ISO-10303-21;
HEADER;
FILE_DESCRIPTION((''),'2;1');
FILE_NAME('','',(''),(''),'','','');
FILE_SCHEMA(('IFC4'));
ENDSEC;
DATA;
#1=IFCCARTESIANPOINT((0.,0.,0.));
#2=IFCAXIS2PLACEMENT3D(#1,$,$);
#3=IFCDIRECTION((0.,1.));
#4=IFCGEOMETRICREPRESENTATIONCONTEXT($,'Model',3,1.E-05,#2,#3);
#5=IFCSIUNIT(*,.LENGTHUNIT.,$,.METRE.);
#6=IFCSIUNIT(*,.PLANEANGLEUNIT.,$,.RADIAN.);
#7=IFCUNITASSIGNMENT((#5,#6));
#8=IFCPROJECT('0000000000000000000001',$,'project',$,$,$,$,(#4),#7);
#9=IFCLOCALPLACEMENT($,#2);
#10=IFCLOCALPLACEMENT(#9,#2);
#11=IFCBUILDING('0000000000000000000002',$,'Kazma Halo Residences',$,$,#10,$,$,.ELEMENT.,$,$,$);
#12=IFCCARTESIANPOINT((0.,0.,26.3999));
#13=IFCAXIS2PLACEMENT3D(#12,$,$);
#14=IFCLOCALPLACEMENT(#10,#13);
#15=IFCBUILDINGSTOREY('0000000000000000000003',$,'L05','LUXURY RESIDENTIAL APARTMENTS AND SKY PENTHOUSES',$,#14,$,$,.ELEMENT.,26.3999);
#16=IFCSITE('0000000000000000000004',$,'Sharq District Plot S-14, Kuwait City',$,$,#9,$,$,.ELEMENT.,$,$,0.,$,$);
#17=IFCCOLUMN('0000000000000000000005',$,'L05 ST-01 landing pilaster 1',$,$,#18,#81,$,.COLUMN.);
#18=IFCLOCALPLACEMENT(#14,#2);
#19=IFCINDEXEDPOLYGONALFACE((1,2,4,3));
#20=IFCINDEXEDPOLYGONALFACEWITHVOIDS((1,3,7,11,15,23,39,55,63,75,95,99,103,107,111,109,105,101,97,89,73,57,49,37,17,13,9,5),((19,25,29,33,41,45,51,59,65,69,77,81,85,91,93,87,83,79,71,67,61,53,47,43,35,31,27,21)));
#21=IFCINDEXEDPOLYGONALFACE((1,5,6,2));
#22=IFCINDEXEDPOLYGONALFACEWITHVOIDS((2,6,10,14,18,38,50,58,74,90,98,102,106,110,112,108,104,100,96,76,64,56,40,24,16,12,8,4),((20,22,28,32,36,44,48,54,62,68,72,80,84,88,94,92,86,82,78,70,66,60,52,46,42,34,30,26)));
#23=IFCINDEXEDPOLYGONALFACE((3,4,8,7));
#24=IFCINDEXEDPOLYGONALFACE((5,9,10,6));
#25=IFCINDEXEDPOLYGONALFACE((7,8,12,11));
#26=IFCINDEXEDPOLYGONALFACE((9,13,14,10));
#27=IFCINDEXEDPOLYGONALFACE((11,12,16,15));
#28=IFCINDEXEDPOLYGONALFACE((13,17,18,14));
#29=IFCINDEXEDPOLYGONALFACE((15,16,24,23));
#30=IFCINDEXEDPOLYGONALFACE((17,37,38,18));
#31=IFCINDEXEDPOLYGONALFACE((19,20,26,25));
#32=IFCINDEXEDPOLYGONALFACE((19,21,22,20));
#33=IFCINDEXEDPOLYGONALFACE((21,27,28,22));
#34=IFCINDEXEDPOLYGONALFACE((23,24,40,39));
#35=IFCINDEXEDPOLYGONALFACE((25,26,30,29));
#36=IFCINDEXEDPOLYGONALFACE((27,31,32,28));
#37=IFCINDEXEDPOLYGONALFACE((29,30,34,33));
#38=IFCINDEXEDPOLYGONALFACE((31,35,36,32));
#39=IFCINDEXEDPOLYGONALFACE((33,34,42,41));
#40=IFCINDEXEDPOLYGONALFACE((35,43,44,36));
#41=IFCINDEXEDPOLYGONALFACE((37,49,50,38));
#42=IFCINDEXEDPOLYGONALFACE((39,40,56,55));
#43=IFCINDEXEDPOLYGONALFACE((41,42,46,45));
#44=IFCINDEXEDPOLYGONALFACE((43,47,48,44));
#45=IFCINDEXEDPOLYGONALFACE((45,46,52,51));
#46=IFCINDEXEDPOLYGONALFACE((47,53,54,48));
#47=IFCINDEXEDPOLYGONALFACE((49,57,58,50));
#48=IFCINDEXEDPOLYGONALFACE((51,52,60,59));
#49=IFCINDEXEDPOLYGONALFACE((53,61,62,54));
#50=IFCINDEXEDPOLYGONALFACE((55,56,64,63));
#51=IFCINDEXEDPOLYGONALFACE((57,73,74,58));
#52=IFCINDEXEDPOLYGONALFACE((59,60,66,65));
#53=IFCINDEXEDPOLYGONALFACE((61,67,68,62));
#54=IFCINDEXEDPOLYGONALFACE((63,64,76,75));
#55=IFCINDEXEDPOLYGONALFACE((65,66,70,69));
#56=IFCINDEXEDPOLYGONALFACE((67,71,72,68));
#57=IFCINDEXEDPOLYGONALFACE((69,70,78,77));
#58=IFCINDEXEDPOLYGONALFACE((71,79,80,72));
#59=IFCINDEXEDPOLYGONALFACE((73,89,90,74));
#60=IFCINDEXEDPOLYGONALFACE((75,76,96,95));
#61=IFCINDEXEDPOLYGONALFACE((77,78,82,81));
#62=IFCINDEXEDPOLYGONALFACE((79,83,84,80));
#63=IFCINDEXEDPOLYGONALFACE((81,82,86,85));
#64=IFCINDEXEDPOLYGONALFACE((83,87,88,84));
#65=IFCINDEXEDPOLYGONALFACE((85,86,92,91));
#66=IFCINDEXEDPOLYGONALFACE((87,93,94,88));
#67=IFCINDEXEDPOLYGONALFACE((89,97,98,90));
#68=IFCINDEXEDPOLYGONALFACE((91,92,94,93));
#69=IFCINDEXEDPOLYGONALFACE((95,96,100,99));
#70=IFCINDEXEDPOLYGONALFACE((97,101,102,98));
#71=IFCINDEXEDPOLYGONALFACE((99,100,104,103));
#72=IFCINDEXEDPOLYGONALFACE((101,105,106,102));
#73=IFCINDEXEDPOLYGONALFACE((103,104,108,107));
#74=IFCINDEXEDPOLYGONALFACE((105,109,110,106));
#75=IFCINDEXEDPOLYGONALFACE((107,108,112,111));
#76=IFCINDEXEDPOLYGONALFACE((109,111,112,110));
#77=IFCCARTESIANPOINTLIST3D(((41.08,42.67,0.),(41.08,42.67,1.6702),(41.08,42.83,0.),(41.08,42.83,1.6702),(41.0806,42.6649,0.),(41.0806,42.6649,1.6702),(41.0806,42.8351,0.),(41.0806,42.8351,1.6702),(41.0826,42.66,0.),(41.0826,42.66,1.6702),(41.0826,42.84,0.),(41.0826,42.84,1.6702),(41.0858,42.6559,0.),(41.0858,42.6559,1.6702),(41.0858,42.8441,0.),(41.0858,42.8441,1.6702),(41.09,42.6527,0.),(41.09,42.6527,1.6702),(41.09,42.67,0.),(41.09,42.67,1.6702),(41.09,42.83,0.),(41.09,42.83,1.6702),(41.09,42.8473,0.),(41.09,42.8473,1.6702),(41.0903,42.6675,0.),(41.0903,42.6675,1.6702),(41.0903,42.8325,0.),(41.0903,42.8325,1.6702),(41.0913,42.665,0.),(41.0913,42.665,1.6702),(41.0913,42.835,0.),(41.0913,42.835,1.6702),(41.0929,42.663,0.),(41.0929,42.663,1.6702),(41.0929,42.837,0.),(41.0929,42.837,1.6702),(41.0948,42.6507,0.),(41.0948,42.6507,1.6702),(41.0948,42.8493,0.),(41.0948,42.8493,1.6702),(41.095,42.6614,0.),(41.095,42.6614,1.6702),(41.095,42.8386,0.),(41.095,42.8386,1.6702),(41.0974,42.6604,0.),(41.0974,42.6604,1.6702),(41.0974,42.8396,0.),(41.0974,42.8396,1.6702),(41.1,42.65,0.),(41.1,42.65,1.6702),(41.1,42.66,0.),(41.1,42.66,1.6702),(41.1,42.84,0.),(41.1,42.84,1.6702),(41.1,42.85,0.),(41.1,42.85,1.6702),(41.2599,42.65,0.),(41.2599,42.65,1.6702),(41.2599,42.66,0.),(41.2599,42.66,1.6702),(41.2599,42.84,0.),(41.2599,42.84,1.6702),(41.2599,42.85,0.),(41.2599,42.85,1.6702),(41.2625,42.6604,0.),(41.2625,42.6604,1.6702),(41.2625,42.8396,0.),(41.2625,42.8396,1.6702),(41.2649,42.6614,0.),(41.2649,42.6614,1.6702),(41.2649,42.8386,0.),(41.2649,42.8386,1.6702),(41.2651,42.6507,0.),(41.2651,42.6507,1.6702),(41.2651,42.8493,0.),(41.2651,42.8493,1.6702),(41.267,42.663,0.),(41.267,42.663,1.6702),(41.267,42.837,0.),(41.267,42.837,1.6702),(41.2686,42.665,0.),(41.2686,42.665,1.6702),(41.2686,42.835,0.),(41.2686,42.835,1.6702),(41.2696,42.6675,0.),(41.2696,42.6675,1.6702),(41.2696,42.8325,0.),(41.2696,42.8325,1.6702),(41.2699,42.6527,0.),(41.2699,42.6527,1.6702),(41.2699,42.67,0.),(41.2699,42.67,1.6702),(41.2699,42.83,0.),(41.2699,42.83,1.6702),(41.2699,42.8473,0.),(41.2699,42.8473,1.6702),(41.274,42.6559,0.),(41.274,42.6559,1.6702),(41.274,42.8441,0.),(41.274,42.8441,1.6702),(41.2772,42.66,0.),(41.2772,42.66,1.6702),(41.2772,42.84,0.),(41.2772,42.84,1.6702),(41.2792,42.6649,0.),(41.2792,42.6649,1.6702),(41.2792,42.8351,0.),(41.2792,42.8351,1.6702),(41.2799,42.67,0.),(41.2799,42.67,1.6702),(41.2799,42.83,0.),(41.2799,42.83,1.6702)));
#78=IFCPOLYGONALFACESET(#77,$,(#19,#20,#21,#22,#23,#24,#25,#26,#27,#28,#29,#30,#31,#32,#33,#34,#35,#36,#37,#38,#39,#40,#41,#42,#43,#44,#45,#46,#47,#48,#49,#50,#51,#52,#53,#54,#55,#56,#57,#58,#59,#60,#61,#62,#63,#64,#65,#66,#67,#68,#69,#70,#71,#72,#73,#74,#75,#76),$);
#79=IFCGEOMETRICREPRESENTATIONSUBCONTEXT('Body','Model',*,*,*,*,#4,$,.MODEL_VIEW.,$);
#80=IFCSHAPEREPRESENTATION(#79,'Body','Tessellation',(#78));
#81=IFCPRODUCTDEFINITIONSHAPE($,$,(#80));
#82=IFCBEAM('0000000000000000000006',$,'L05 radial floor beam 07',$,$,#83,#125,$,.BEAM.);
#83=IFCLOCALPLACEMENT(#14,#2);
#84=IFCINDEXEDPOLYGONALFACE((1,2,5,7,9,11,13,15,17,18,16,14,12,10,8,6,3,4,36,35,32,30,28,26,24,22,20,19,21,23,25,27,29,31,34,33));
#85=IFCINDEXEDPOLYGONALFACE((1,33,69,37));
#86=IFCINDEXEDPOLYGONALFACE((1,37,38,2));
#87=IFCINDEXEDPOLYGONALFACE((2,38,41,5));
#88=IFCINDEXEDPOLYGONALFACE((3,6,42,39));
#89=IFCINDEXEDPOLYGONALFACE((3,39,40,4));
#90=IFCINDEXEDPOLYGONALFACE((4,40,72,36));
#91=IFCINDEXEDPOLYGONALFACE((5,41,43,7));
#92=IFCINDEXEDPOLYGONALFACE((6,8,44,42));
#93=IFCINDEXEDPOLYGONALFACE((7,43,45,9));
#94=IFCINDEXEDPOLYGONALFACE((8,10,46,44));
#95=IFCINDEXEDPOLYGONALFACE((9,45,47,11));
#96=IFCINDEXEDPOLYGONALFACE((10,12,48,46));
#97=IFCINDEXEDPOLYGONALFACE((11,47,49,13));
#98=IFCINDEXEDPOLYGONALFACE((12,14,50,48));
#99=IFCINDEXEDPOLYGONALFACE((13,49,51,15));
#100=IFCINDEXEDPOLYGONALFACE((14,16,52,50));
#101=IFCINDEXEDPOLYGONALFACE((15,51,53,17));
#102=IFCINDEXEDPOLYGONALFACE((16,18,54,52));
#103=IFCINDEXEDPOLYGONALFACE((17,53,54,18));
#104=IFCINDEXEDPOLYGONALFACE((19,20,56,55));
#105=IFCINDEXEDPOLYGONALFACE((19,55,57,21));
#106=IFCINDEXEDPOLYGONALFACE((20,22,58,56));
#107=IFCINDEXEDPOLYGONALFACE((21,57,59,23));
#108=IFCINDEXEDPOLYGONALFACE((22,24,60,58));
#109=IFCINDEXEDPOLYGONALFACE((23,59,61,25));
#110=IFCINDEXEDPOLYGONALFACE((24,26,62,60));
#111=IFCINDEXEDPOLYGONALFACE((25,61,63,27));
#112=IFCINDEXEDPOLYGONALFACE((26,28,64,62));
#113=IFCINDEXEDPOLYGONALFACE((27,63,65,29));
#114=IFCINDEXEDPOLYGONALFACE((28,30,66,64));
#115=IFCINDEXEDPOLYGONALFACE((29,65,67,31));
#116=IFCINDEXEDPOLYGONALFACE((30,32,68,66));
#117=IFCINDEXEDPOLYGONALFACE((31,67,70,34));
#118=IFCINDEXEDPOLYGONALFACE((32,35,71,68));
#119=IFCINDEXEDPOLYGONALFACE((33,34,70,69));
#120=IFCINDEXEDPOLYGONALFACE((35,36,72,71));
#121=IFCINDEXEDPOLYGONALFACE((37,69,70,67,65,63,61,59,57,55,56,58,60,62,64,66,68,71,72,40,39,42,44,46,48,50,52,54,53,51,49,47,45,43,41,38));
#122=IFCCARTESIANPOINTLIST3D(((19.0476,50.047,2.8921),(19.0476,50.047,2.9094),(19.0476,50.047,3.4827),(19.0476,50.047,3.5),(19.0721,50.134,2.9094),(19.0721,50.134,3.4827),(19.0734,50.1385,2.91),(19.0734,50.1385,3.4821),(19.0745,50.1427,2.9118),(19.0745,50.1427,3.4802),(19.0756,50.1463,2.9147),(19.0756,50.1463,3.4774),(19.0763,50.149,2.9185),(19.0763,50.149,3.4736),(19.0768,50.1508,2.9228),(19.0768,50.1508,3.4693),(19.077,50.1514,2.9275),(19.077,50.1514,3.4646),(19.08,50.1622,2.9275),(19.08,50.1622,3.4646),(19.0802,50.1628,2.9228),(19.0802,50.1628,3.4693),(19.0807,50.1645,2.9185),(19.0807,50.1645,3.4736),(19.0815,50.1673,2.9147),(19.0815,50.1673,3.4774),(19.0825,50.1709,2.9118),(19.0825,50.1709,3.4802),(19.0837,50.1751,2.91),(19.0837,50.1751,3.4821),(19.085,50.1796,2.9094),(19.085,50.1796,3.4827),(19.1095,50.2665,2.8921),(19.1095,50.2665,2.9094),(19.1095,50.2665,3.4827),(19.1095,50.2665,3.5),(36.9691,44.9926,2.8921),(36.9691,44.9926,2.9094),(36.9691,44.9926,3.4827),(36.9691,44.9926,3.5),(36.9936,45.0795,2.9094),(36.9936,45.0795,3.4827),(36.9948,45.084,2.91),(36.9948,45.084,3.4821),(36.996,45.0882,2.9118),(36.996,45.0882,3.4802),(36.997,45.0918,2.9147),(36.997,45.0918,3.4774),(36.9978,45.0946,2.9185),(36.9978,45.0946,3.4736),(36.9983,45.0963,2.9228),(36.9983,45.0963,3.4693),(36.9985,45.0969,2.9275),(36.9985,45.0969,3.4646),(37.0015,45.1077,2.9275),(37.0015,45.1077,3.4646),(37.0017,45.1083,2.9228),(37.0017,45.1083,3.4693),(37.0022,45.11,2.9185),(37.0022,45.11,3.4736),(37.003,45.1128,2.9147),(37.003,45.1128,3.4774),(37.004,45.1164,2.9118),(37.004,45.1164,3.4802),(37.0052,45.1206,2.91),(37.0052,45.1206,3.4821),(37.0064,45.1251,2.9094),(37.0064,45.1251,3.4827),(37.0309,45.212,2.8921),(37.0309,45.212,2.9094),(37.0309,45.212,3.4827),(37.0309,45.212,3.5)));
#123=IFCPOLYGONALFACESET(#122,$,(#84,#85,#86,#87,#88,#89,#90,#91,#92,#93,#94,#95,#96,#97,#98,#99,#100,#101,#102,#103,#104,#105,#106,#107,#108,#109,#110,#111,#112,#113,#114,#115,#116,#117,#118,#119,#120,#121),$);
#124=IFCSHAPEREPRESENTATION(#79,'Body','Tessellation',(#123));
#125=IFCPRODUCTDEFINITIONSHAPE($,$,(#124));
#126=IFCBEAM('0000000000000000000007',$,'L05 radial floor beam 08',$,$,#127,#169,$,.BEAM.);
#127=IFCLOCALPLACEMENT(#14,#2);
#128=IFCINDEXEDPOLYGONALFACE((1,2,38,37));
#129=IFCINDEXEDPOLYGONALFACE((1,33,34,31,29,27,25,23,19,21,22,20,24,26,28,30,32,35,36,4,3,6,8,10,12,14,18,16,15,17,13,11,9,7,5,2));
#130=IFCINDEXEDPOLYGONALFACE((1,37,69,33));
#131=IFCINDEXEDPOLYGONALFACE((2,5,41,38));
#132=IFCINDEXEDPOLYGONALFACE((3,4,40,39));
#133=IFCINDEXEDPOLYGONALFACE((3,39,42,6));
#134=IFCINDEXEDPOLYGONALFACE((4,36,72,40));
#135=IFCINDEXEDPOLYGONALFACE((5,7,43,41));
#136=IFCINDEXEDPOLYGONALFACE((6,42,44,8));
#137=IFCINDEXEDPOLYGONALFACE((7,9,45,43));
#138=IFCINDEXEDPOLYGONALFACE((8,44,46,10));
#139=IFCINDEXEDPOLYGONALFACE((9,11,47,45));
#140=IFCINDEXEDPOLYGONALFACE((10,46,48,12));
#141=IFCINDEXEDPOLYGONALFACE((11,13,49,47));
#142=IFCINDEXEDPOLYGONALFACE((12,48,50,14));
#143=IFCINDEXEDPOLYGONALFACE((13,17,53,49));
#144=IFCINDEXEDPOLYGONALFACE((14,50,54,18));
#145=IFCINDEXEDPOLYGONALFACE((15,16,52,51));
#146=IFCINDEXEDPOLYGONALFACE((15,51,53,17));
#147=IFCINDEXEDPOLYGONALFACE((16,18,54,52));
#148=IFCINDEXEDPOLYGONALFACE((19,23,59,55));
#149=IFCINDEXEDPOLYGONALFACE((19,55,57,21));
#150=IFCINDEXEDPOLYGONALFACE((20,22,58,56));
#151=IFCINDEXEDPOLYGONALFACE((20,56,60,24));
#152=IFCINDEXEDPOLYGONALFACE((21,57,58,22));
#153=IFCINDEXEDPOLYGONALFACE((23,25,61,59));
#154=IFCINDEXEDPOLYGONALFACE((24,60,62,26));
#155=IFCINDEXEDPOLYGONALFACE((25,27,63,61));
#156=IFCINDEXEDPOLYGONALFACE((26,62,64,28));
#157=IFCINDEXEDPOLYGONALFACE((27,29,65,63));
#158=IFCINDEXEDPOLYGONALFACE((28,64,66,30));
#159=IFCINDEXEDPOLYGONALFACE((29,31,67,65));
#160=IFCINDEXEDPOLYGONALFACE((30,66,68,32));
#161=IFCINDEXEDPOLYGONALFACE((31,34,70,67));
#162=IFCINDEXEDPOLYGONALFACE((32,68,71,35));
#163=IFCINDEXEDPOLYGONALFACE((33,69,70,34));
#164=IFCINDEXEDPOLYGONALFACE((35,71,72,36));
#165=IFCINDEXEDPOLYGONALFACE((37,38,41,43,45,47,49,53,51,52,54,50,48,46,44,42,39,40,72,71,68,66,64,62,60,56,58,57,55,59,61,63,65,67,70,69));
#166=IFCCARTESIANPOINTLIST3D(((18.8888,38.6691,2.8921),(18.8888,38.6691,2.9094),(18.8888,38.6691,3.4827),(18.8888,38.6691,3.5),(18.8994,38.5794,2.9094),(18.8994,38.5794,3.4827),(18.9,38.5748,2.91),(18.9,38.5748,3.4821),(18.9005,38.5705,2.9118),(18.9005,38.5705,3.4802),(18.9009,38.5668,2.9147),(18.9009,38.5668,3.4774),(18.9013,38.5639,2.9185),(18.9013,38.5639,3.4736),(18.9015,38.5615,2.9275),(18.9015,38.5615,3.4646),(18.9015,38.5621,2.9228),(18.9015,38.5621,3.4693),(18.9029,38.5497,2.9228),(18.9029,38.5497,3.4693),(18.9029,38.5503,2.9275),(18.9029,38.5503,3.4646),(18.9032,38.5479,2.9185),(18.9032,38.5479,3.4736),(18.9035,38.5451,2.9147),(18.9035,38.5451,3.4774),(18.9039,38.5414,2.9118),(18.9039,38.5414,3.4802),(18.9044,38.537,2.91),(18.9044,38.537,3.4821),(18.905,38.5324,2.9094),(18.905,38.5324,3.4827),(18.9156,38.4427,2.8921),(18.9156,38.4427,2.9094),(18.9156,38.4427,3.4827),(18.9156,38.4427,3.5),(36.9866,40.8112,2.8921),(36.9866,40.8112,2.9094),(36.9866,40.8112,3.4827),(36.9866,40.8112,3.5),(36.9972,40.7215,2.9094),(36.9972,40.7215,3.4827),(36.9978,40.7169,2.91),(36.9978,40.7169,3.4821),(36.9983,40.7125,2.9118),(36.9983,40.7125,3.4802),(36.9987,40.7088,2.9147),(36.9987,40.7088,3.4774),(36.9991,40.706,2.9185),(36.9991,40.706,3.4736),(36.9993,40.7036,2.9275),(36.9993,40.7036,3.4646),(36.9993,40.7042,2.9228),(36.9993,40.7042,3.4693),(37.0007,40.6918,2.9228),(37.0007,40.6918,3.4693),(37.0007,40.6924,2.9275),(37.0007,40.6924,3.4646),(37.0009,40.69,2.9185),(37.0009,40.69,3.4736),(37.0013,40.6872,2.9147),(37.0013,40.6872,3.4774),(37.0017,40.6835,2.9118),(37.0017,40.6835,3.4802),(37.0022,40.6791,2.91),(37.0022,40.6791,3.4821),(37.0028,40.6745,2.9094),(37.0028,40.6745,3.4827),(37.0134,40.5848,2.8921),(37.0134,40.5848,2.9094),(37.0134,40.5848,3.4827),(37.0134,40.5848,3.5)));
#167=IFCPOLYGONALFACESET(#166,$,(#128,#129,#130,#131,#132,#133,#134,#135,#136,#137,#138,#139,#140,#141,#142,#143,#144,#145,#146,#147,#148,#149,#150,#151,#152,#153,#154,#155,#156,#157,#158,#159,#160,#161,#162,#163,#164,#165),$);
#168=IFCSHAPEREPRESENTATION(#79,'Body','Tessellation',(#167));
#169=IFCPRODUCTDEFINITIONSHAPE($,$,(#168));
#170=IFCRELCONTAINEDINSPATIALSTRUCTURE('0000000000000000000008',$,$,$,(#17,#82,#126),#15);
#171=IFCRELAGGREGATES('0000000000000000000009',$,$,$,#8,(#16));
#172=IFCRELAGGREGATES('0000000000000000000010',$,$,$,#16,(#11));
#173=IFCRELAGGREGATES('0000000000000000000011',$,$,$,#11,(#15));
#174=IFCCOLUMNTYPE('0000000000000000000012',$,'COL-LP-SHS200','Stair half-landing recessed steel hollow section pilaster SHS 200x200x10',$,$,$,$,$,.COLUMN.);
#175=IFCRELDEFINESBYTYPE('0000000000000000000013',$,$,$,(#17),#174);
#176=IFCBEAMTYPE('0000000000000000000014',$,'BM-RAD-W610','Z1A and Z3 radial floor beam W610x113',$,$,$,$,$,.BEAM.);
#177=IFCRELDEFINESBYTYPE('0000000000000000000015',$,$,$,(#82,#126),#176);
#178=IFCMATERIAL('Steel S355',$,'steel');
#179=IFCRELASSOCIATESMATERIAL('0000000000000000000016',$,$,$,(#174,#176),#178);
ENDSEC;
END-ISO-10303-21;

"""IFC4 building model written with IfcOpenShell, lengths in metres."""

from ifc_helpers import new_model, si_unit, direction, frame, origin, origin_2d, place, context, subcontext, project, spatial, hollow_rectangle, i_section, extrude, material, material_profile, profile_set, type_object, element, save


model = new_model("IFC4")

# Units and contexts
model_context = context("Model", 3, precision=1e-05, world=origin(), true_north=direction((0.0, 1.0)))
body_context = subcontext(model_context, "Body", "Model", "MODEL_VIEW")
ifc_project = project(units=[si_unit("LENGTHUNIT", "METRE"), si_unit("PLANEANGLEUNIT", "RADIAN")], contexts=[model_context])

# Site, building, storey
site_placement = place(None, origin())
site = spatial("IfcSite", under=ifc_project, at=site_placement, Name="Sharq District Plot S-14, Kuwait City", CompositionType="ELEMENT", RefElevation=0.0)
building_placement = place(site_placement, origin())
building = spatial("IfcBuilding", under=site, at=building_placement, Name="Kazma Halo Residences", CompositionType="ELEMENT")
storey_placement = place(building_placement, frame((0.0, 0.0, 26.3999)))
storey = spatial("IfcBuildingStorey", under=building, at=storey_placement, Name="L05", Description="LUXURY RESIDENTIAL APARTMENTS AND SKY PENTHOUSES", CompositionType="ELEMENT", Elevation=26.3999)

# Column
ifc_material_1 = material(Name="Steel S355", Category="steel")
ifc_material_profile_1 = material_profile(ifc_material_1, hollow_rectangle(XDim=0.2, YDim=0.2, WallThickness=0.01, InnerFilletRadius=0.01, OuterFilletRadius=0.02, at=origin_2d()), Name="SHS200x200x10")
ifc_profile_set_1 = profile_set([ifc_material_profile_1], Name="Steel S355")
column_type = type_object("IfcColumnType", Name="COL-LP-SHS200", Description="Stair half-landing recessed steel hollow section pilaster SHS 200x200x10", PredefinedType="COLUMN", material=ifc_profile_set_1)
column_placement = place(storey_placement, frame((41.1799, 42.75, 0.0), z_axis=(0.0, 0.0, 1.0), x_axis=(1.0, 0.0, 0.0)))
element("IfcColumn", 1, at=column_placement, inside=storey, type_object=column_type, Name="L05 ST-01 landing pilaster 1", PredefinedType="COLUMN", context=body_context, shape_type="SweptSolid", body=[
    extrude(hollow_rectangle(XDim=0.2, YDim=0.2, WallThickness=0.01, InnerFilletRadius=0.01, OuterFilletRadius=0.02, at=origin_2d()), origin(), (0.0, 0.0, 1.0), 1.6702),
])

# Beams
ifc_material_profile_2 = material_profile(ifc_material_1, i_section(OverallWidth=0.228, OverallDepth=0.6079, WebThickness=0.0112, FlangeThickness=0.0173, FilletRadius=0.0181, at=origin_2d()), Name="W610x113")
ifc_profile_set_2 = profile_set([ifc_material_profile_2], Name="Steel S355")
beam_type_1 = type_object("IfcBeamType", Name="BM-RAD-W610", Description="Z1A and Z3 radial floor beam W610x113", PredefinedType="BEAM", material=ifc_profile_set_2)
beam_1_placement = place(storey_placement, frame((37.0, 45.1023, 3.196), z_axis=(-0.962454, 0.271445, 0.0), x_axis=(-0.271445, -0.962454, 0.0)))
element("IfcBeam", 2, at=beam_1_placement, inside=storey, type_object=beam_type_1, Name="L05 radial floor beam 07", PredefinedType="BEAM", context=body_context, shape_type="SweptSolid", body=[
    extrude(i_section(OverallWidth=0.228, OverallDepth=0.6079, WebThickness=0.0112, FlangeThickness=0.0173, FilletRadius=0.0181, at=origin_2d()), origin(), (0.0, 0.0, 1.0), 18.6206),
])
beam_2_placement = place(storey_placement, frame((37.0, 40.698, 3.196), z_axis=(-0.993068, -0.117541, 0.0), x_axis=(0.117541, -0.993068, 0.0)))
element("IfcBeam", 3, at=beam_2_placement, inside=storey, type_object=beam_type_1, Name="L05 radial floor beam 08", PredefinedType="BEAM", context=body_context, shape_type="SweptSolid", body=[
    extrude(i_section(OverallWidth=0.228, OverallDepth=0.6079, WebThickness=0.0112, FlangeThickness=0.0173, FilletRadius=0.0181, at=origin_2d()), origin(), (0.0, 0.0, 1.0), 18.2241),
])

save(model, "model.ifc")
